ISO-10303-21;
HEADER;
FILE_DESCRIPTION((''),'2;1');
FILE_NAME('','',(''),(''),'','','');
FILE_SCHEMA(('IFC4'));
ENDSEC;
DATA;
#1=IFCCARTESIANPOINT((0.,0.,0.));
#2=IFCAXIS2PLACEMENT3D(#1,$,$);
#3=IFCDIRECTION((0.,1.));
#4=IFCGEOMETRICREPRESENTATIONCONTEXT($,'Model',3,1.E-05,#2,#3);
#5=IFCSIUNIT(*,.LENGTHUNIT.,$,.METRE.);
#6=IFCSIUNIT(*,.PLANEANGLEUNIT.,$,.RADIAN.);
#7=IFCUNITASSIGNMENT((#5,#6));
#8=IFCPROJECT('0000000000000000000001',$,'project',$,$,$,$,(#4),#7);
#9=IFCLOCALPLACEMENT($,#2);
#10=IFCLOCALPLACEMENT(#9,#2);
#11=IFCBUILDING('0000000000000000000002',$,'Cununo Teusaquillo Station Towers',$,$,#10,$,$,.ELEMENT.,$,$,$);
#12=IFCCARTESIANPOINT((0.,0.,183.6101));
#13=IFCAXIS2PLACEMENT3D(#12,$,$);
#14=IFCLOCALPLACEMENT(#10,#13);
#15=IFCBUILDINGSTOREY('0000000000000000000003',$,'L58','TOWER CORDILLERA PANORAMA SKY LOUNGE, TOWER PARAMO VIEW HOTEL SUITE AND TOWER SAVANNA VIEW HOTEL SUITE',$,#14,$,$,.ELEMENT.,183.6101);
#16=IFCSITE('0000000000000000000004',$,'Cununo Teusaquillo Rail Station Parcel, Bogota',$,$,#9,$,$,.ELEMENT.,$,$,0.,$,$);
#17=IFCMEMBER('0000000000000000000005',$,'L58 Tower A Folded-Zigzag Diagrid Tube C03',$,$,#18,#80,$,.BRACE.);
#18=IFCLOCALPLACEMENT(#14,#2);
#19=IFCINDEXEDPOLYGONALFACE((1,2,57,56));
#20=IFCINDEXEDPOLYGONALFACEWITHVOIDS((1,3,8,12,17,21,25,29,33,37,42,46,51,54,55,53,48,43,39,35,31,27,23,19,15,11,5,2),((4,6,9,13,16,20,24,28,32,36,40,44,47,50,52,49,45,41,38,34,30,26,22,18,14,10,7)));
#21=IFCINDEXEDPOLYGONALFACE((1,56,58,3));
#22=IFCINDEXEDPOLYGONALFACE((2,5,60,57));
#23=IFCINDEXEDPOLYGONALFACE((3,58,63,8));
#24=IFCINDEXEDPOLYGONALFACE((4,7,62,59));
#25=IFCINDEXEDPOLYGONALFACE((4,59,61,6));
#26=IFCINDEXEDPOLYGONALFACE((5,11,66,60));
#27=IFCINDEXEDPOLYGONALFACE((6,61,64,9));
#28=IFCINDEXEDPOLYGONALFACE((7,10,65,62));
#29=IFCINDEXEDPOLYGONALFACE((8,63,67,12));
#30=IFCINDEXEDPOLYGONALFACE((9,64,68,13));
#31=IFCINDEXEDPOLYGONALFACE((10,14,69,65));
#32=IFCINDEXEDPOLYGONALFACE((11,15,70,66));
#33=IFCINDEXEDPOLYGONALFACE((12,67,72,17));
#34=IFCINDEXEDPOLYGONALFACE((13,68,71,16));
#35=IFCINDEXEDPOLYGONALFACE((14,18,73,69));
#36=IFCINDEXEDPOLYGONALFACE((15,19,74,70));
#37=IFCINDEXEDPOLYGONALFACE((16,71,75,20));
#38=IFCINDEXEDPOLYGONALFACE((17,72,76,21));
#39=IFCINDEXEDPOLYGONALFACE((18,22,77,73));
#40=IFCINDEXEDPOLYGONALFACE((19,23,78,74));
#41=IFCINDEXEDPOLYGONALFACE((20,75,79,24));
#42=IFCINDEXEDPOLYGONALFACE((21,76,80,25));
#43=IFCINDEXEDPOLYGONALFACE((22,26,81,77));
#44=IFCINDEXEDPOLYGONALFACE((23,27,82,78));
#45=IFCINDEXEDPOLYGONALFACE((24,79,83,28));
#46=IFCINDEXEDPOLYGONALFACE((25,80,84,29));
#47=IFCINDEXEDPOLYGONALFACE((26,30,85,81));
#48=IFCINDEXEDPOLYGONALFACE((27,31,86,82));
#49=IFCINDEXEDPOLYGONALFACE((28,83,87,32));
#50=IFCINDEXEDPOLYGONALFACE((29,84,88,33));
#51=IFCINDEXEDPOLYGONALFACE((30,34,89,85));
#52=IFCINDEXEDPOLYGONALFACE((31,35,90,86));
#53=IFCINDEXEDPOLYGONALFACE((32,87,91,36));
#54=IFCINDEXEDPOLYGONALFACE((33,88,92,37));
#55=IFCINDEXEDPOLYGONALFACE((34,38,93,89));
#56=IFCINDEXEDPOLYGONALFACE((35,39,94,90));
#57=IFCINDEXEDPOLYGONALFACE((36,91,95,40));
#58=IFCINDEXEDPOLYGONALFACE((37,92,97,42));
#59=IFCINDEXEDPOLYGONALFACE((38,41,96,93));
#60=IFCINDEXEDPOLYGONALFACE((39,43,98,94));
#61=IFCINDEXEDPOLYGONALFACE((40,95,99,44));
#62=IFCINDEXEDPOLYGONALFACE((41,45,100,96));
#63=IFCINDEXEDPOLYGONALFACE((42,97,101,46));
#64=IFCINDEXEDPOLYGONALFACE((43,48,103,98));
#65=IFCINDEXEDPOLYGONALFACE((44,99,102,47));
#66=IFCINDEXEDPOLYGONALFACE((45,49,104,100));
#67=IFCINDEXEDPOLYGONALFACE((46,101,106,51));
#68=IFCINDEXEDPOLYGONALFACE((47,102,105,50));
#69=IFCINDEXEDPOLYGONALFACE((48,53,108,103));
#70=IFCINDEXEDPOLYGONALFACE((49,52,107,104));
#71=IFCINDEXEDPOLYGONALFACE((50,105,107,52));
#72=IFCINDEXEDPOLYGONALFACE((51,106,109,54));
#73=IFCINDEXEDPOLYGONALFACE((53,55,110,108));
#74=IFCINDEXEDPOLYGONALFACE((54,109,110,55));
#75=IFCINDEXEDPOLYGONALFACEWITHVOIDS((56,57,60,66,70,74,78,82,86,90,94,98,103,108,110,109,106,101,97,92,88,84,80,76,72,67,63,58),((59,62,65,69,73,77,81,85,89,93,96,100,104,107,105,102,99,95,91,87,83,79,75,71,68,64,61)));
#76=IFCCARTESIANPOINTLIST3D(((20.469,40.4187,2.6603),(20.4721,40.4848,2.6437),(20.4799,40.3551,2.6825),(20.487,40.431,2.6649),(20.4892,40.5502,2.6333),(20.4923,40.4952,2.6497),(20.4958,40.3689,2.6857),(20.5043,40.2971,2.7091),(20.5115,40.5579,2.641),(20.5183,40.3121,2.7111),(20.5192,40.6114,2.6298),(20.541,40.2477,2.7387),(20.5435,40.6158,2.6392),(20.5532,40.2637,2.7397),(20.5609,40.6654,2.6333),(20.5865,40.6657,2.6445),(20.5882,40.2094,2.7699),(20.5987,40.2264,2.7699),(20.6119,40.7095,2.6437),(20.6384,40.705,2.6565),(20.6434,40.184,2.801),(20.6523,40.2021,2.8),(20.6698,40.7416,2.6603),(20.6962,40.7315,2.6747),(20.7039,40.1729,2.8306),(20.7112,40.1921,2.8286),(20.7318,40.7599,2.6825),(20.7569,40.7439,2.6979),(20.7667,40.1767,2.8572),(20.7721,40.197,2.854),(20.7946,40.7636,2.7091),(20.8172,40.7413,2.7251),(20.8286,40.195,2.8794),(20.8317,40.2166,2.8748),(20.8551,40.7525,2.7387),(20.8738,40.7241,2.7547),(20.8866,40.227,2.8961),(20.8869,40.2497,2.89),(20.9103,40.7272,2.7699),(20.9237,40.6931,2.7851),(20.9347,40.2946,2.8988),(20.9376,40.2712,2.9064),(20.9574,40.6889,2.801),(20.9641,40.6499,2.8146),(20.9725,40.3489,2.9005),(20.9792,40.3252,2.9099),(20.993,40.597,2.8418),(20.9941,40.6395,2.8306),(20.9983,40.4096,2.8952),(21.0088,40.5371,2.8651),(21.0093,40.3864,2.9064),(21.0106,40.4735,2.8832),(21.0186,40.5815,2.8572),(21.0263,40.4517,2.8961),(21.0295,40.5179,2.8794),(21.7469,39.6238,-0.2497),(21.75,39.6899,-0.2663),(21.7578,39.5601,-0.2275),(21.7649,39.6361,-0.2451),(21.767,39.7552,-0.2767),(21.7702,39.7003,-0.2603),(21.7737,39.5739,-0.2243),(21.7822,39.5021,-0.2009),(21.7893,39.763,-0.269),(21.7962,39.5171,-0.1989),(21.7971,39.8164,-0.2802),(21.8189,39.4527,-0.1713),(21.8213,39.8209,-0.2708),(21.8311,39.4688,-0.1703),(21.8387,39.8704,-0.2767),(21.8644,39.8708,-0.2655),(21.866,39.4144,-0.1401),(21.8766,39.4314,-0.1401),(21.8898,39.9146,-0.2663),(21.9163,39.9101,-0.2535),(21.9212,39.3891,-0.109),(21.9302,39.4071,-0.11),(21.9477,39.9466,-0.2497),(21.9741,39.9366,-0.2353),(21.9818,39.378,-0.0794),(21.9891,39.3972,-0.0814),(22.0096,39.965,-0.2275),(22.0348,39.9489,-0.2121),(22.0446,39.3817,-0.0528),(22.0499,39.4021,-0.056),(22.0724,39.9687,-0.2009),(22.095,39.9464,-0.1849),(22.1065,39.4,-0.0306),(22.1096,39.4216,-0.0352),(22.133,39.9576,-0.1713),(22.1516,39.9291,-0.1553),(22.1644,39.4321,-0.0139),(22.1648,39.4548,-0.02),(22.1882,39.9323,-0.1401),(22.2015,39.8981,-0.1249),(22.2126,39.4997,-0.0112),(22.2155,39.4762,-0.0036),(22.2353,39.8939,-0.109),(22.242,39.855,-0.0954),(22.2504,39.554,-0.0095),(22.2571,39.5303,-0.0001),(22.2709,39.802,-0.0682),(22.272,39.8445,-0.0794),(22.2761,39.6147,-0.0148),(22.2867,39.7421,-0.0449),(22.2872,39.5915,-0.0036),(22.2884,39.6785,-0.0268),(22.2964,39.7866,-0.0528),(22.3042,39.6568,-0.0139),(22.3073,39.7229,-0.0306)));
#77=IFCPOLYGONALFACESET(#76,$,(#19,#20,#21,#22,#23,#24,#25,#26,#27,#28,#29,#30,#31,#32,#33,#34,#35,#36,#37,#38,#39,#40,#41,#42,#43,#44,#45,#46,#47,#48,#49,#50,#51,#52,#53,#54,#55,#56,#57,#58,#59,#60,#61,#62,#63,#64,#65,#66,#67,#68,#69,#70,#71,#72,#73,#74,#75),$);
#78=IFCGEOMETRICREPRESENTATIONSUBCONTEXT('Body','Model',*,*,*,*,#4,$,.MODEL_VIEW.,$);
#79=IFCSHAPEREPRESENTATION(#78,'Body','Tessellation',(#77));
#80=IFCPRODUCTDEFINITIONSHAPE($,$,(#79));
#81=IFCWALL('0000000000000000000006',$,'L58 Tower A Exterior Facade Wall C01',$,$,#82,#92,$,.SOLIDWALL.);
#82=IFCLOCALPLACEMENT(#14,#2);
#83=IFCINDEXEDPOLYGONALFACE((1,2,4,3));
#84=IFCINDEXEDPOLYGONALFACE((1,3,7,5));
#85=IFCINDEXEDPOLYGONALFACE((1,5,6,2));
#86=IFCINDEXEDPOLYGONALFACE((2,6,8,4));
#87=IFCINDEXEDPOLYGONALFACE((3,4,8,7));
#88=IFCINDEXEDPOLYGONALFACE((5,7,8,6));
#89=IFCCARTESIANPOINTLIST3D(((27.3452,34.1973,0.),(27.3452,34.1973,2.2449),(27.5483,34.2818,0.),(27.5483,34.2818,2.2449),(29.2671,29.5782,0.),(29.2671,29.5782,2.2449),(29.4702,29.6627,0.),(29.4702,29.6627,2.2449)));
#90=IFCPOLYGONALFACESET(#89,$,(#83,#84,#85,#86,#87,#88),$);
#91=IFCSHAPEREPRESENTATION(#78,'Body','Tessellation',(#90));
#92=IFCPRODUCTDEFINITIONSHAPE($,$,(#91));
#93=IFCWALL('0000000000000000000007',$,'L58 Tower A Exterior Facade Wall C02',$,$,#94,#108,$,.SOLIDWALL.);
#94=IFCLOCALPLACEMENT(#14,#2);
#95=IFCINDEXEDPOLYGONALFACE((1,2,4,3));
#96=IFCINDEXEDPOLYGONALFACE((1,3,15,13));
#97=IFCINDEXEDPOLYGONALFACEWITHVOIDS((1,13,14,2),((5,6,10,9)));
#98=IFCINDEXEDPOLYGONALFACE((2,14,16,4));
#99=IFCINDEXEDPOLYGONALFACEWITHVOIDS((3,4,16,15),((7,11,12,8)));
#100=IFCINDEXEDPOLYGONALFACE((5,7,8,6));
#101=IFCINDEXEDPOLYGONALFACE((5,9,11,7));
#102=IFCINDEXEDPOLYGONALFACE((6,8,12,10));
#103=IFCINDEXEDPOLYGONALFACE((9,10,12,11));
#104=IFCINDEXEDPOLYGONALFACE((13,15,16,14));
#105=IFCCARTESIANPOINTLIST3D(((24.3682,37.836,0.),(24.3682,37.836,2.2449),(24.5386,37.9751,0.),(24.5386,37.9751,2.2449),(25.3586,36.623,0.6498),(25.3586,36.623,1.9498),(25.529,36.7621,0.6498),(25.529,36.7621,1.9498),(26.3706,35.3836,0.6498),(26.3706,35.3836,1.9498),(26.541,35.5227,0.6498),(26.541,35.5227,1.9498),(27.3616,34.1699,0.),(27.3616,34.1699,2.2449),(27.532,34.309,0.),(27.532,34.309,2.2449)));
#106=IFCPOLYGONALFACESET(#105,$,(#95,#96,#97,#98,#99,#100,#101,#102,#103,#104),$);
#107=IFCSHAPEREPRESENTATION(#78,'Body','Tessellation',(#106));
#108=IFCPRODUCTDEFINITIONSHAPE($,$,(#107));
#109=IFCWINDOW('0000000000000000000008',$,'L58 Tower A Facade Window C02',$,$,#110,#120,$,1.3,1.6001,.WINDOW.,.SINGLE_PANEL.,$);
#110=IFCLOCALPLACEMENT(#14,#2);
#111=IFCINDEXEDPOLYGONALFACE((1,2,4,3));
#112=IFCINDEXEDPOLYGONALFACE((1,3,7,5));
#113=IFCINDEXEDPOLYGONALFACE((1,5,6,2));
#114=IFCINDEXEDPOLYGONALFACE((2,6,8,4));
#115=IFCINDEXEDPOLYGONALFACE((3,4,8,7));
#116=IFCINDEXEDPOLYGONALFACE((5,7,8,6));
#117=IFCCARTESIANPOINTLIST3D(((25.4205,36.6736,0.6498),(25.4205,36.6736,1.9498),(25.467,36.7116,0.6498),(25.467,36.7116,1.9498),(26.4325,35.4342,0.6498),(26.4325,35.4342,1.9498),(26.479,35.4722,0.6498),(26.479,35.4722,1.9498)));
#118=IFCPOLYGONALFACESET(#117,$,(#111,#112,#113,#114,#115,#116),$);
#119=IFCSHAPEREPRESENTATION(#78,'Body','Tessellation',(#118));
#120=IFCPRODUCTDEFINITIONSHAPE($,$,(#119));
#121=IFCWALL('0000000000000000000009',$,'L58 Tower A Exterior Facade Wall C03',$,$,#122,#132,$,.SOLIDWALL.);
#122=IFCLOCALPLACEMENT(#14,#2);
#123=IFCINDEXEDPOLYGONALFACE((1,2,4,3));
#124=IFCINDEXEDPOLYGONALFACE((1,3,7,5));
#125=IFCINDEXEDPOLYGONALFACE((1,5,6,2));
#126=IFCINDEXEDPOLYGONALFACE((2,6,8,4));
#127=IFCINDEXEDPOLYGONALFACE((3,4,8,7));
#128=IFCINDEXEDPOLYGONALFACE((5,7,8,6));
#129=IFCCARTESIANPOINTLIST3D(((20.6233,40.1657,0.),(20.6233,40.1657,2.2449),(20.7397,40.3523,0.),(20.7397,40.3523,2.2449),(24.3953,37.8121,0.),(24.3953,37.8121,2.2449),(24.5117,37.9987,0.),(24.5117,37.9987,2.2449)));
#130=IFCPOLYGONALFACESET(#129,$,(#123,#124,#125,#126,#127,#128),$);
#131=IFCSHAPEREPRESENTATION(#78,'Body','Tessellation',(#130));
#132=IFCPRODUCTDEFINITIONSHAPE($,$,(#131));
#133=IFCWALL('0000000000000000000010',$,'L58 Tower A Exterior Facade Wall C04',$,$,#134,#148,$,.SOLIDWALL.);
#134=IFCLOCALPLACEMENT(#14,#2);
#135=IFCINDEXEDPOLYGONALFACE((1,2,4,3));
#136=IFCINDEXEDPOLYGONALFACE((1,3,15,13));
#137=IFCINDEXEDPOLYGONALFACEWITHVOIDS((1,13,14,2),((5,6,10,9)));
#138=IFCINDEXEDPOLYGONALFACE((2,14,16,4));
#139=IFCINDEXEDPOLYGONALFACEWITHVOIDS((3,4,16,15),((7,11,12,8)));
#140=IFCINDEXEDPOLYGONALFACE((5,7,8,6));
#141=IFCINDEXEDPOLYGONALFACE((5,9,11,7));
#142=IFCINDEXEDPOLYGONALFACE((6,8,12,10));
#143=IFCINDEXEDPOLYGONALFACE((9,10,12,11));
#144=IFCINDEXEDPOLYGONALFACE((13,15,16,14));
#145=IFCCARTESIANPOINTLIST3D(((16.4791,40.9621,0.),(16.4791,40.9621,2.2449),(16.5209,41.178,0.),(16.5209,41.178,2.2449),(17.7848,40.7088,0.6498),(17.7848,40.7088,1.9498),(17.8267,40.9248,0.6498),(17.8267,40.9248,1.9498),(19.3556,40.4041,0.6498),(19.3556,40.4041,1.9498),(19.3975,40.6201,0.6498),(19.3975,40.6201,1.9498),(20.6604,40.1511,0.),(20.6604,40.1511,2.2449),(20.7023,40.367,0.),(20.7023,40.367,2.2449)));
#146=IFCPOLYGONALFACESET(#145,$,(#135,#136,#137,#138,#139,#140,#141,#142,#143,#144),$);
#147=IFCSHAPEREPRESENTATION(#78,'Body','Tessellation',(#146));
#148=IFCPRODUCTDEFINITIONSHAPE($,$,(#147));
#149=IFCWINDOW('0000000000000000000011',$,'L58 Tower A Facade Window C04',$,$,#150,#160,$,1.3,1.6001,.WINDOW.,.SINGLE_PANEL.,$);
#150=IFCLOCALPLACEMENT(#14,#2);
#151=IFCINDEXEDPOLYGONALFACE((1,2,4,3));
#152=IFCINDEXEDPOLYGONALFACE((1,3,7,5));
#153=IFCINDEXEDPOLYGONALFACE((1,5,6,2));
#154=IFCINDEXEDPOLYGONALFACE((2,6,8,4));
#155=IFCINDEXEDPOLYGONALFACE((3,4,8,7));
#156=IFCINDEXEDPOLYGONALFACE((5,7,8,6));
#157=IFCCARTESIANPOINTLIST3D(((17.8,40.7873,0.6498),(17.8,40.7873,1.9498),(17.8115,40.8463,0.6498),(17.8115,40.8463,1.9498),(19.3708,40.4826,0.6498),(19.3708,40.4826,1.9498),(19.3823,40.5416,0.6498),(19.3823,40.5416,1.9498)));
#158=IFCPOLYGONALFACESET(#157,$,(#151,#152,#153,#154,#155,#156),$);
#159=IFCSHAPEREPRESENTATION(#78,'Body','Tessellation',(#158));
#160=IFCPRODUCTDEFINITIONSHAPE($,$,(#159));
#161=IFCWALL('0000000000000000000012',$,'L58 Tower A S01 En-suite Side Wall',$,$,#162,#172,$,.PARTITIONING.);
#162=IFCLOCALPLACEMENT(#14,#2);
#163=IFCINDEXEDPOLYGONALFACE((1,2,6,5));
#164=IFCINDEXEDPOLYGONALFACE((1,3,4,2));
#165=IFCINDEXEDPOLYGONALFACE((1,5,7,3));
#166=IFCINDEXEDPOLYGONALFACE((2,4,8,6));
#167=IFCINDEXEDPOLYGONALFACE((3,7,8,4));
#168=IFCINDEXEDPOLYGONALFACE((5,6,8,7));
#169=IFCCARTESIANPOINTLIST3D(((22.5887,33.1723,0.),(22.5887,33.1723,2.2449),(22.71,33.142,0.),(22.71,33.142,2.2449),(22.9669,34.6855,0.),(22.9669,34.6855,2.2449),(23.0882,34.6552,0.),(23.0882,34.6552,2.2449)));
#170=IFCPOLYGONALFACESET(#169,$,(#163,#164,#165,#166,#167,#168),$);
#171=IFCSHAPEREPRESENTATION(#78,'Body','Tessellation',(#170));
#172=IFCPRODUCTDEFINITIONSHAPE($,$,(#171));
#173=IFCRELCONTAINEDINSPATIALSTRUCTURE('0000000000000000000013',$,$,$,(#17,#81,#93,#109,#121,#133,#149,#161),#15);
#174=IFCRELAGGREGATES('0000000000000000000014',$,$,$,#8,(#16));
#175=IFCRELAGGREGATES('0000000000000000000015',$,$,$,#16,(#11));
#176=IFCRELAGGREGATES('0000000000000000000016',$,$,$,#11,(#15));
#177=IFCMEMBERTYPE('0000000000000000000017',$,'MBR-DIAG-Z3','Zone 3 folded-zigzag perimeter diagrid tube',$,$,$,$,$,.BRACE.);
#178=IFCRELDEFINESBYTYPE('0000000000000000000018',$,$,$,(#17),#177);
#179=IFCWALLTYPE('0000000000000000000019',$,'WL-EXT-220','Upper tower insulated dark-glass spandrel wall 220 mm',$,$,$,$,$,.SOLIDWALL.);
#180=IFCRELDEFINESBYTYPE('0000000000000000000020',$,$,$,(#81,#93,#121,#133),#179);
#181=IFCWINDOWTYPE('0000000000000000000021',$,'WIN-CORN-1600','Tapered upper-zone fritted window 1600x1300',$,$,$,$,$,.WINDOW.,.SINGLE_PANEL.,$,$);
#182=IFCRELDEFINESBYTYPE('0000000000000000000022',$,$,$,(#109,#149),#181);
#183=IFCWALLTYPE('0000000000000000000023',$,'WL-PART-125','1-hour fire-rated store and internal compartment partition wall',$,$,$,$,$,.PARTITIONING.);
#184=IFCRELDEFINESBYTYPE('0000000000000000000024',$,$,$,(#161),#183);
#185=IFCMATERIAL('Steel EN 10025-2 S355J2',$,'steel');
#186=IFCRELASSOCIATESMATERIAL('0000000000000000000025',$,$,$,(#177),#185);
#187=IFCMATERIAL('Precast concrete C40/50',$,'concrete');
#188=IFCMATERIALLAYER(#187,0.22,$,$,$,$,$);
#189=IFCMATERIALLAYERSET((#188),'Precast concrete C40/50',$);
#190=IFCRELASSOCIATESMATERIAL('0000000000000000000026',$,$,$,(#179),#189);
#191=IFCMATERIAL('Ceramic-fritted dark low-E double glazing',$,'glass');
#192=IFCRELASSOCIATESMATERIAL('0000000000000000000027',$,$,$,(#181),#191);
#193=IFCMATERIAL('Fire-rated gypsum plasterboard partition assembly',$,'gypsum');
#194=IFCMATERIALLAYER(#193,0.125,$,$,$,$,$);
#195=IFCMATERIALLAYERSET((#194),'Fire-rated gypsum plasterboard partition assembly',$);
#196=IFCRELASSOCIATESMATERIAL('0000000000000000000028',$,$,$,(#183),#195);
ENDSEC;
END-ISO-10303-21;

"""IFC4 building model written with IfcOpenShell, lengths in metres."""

from ifc_helpers import new_model, si_unit, direction, frame, frame_2d, origin, origin_2d, place, context, subcontext, project, spatial, rectangle, hollow_circle, extrude, source, transform, mapped, material, layer, layer_set, material_profile, profile_set, type_object, element, fill, save


model = new_model("IFC4")

# Units and contexts
model_context = context("Model", 3, precision=1e-05, world=origin(), true_north=direction((0.0, 1.0)))
body_context = subcontext(model_context, "Body", "Model", "MODEL_VIEW")
ifc_project = project(units=[si_unit("LENGTHUNIT", "METRE"), si_unit("PLANEANGLEUNIT", "RADIAN")], contexts=[model_context])

# Site, building, storey
site_placement = place(None, origin())
site = spatial("IfcSite", under=ifc_project, at=site_placement, Name="Cununo Teusaquillo Rail Station Parcel, Bogota", CompositionType="ELEMENT", RefElevation=0.0)
building_placement = place(site_placement, origin())
building = spatial("IfcBuilding", under=site, at=building_placement, Name="Cununo Teusaquillo Station Towers", CompositionType="ELEMENT")
storey_placement = place(building_placement, frame((0.0, 0.0, 183.6101)))
storey = spatial("IfcBuildingStorey", under=building, at=storey_placement, Name="L58", Description="TOWER CORDILLERA PANORAMA SKY LOUNGE, TOWER PARAMO VIEW HOTEL SUITE AND TOWER SAVANNA VIEW HOTEL SUITE", CompositionType="ELEMENT", Elevation=183.6101)

# Member
ifc_material_1 = material(Name="Steel EN 10025-2 S355J2", Category="steel")
ifc_material_profile_1 = material_profile(ifc_material_1, hollow_circle(Radius=0.3049, WallThickness=0.02, at=origin_2d()), Name="CHS 610x20")
ifc_profile_set_1 = profile_set([ifc_material_profile_1], Name="Steel EN 10025-2 S355J2")
member_type = type_object("IfcMemberType", Name="MBR-DIAG-Z3", Description="Zone 3 folded-zigzag perimeter diagrid tube", PredefinedType="BRACE", material=ifc_profile_set_1)
member_placement = place(storey_placement, frame((22.0271, 39.6733, -0.1401), z_axis=(-0.390056, 0.242648, 0.888245), x_axis=(-0.528219, -0.849108, 0.0)))
element("IfcMember", 1, at=member_placement, inside=storey, type_object=member_type, Name="L58 Tower A Folded-Zigzag Diagrid Tube C03", PredefinedType="BRACE", context=body_context, shape_type="SweptSolid", body=[
    extrude(hollow_circle(Radius=0.3049, WallThickness=0.02, at=origin_2d()), origin(), (0.0, 0.0, 1.0), 3.2761),
])

# Wall
ifc_material_2 = material(Name="Precast concrete C40/50", Category="concrete")
ifc_layer_1 = layer(ifc_material_2, 0.22)
ifc_layer_set_1 = layer_set([ifc_layer_1], Name="Precast concrete C40/50")
wall_type_1 = type_object("IfcWallType", Name="WL-EXT-220", Description="Upper tower insulated dark-glass spandrel wall 220 mm", PredefinedType="SOLIDWALL", material=ifc_layer_set_1)
wall_1_placement = place(storey_placement, frame((27.4468, 34.2395, 0.0), z_axis=(0.0, 0.0, 1.0), x_axis=(0.384144, -0.923273, 0.0)))
element("IfcWall", 2, at=wall_1_placement, inside=storey, type_object=wall_type_1, Name="L58 Tower A Exterior Facade Wall C01", PredefinedType="SOLIDWALL", context=body_context, shape_type="SweptSolid", body=[
    extrude(rectangle(XDim=5.0029, YDim=0.22, at=frame_2d((2.5015, 0.0))), origin(), (0.0, 0.0, 1.0), 2.2449),
])

# Wall, opening, window
wall_2_placement = place(storey_placement, frame((24.4534, 37.9055, 0.0), z_axis=(0.0, 0.0, 1.0), x_axis=(0.632471, -0.774584, 0.0)))
wall_2 = element("IfcWall", 3, at=wall_2_placement, inside=storey, type_object=wall_type_1, Name="L58 Tower A Exterior Facade Wall C02", PredefinedType="SOLIDWALL", context=body_context, shape_type="SweptSolid", body=[
    extrude(rectangle(XDim=4.7329, YDim=0.22, at=frame_2d((2.3665, 0.0))), origin(), (0.0, 0.0, 1.0), 2.2449),
])
shared_shape_1 = source(origin(), body_context, "Body", "SweptSolid", [
    extrude(rectangle(XDim=1.6001, YDim=1.3, at=frame_2d((0.8, 0.6499))), frame((0.0, 0.1199, 0.0), z_axis=(0.0, -1.0, 0.0), x_axis=(1.0, 0.0, 0.0)), (0.0, 0.0, 1.0), 0.24),
])
opening_1_placement = place(wall_2_placement, frame((1.5659, 0.0, 0.6499)))
opening_1 = element("IfcOpeningElement", 4, at=opening_1_placement, cuts=wall_2, PredefinedType="OPENING", context=body_context, shape_type="MappedRepresentation", body=[
    mapped(shared_shape_1, transform((0.0, 0.0, 0.0), x_axis=(1.0, 0.0, 0.0), y_axis=(0.0, 1.0, 0.0), z_axis=(0.0, 0.0, 1.0), scale=1.0)),
])
ifc_material_3 = material(Name="Ceramic-fritted dark low-E double glazing", Category="glass")
window_type = type_object("IfcWindowType", Name="WIN-CORN-1600", Description="Tapered upper-zone fritted window 1600x1300", PartitioningType="SINGLE_PANEL", PredefinedType="WINDOW", material=ifc_material_3)
shared_shape_2 = source(origin(), body_context, "Body", "SweptSolid", [
    extrude(rectangle(XDim=1.6001, YDim=1.3, at=frame_2d((0.8, 0.6499))), frame((0.0, 0.03, 0.0), z_axis=(0.0, -1.0, 0.0), x_axis=(1.0, 0.0, 0.0)), (0.0, 0.0, 1.0), 0.0601),
])
window_1_placement = place(opening_1_placement, origin())
window_1 = element("IfcWindow", 5, at=window_1_placement, inside=storey, type_object=window_type, Name="L58 Tower A Facade Window C02", OverallHeight=1.3, OverallWidth=1.6001, PartitioningType="SINGLE_PANEL", PredefinedType="WINDOW", context=body_context, shape_type="MappedRepresentation", body=[
    mapped(shared_shape_2, transform((0.0, 0.0, 0.0), x_axis=(1.0, 0.0, 0.0), y_axis=(0.0, 1.0, 0.0), z_axis=(0.0, 0.0, 1.0), scale=1.0)),
])
fill(opening_1, window_1)

# Wall
wall_3_placement = place(storey_placement, frame((20.6814, 40.259, 0.0), z_axis=(0.0, 0.0, 1.0), x_axis=(0.848399, -0.529357, 0.0)))
element("IfcWall", 6, at=wall_3_placement, inside=storey, type_object=wall_type_1, Name="L58 Tower A Exterior Facade Wall C03", PredefinedType="SOLIDWALL", context=body_context, shape_type="SweptSolid", body=[
    extrude(rectangle(XDim=4.446, YDim=0.22, at=frame_2d((2.2231, 0.0))), origin(), (0.0, 0.0, 1.0), 2.2449),
])

# Wall, opening, window
wall_4_placement = place(storey_placement, frame((16.5, 41.0701, 0.0), z_axis=(0.0, 0.0, 1.0), x_axis=(0.981704, -0.190414, 0.0)))
wall_4 = element("IfcWall", 7, at=wall_4_placement, inside=storey, type_object=wall_type_1, Name="L58 Tower A Exterior Facade Wall C04", PredefinedType="SOLIDWALL", context=body_context, shape_type="SweptSolid", body=[
    extrude(rectangle(XDim=4.2593, YDim=0.22, at=frame_2d((2.1296, 0.0))), origin(), (0.0, 0.0, 1.0), 2.2449),
])
opening_2_placement = place(wall_4_placement, frame((1.3301, 0.0, 0.6499)))
opening_2 = element("IfcOpeningElement", 8, at=opening_2_placement, cuts=wall_4, PredefinedType="OPENING", context=body_context, shape_type="MappedRepresentation", body=[
    mapped(shared_shape_1, transform((0.0, 0.0, 0.0), x_axis=(1.0, 0.0, 0.0), y_axis=(0.0, 1.0, 0.0), z_axis=(0.0, 0.0, 1.0), scale=1.0)),
])
window_2_placement = place(opening_2_placement, origin())
window_2 = element("IfcWindow", 9, at=window_2_placement, inside=storey, type_object=window_type, Name="L58 Tower A Facade Window C04", OverallHeight=1.3, OverallWidth=1.6001, PartitioningType="SINGLE_PANEL", PredefinedType="WINDOW", context=body_context, shape_type="MappedRepresentation", body=[
    mapped(shared_shape_2, transform((0.0, 0.0, 0.0), x_axis=(1.0, 0.0, 0.0), y_axis=(0.0, 1.0, 0.0), z_axis=(0.0, 0.0, 1.0), scale=1.0)),
])
fill(opening_2, window_2)

# Wall
ifc_material_4 = material(Name="Fire-rated gypsum plasterboard partition assembly", Category="gypsum")
ifc_layer_2 = layer(ifc_material_4, 0.125)
ifc_layer_set_2 = layer_set([ifc_layer_2], Name="Fire-rated gypsum plasterboard partition assembly")
wall_type_2 = type_object("IfcWallType", Name="WL-PART-125", Description="1-hour fire-rated store and internal compartment partition wall", PredefinedType="PARTITIONING", material=ifc_layer_set_2)
wall_5_placement = place(storey_placement, frame((22.6494, 33.1572, 0.0), z_axis=(0.0, 0.0, 1.0), x_axis=(0.242462, 0.970161, 0.0)))
element("IfcWall", 10, at=wall_5_placement, inside=storey, type_object=wall_type_2, Name="L58 Tower A S01 En-suite Side Wall", PredefinedType="PARTITIONING", context=body_context, shape_type="SweptSolid", body=[
    extrude(rectangle(XDim=1.5598, YDim=0.125, at=frame_2d((0.7798, 0.0))), origin(), (0.0, 0.0, 1.0), 2.2449),
])

save(model, "model.ifc")
